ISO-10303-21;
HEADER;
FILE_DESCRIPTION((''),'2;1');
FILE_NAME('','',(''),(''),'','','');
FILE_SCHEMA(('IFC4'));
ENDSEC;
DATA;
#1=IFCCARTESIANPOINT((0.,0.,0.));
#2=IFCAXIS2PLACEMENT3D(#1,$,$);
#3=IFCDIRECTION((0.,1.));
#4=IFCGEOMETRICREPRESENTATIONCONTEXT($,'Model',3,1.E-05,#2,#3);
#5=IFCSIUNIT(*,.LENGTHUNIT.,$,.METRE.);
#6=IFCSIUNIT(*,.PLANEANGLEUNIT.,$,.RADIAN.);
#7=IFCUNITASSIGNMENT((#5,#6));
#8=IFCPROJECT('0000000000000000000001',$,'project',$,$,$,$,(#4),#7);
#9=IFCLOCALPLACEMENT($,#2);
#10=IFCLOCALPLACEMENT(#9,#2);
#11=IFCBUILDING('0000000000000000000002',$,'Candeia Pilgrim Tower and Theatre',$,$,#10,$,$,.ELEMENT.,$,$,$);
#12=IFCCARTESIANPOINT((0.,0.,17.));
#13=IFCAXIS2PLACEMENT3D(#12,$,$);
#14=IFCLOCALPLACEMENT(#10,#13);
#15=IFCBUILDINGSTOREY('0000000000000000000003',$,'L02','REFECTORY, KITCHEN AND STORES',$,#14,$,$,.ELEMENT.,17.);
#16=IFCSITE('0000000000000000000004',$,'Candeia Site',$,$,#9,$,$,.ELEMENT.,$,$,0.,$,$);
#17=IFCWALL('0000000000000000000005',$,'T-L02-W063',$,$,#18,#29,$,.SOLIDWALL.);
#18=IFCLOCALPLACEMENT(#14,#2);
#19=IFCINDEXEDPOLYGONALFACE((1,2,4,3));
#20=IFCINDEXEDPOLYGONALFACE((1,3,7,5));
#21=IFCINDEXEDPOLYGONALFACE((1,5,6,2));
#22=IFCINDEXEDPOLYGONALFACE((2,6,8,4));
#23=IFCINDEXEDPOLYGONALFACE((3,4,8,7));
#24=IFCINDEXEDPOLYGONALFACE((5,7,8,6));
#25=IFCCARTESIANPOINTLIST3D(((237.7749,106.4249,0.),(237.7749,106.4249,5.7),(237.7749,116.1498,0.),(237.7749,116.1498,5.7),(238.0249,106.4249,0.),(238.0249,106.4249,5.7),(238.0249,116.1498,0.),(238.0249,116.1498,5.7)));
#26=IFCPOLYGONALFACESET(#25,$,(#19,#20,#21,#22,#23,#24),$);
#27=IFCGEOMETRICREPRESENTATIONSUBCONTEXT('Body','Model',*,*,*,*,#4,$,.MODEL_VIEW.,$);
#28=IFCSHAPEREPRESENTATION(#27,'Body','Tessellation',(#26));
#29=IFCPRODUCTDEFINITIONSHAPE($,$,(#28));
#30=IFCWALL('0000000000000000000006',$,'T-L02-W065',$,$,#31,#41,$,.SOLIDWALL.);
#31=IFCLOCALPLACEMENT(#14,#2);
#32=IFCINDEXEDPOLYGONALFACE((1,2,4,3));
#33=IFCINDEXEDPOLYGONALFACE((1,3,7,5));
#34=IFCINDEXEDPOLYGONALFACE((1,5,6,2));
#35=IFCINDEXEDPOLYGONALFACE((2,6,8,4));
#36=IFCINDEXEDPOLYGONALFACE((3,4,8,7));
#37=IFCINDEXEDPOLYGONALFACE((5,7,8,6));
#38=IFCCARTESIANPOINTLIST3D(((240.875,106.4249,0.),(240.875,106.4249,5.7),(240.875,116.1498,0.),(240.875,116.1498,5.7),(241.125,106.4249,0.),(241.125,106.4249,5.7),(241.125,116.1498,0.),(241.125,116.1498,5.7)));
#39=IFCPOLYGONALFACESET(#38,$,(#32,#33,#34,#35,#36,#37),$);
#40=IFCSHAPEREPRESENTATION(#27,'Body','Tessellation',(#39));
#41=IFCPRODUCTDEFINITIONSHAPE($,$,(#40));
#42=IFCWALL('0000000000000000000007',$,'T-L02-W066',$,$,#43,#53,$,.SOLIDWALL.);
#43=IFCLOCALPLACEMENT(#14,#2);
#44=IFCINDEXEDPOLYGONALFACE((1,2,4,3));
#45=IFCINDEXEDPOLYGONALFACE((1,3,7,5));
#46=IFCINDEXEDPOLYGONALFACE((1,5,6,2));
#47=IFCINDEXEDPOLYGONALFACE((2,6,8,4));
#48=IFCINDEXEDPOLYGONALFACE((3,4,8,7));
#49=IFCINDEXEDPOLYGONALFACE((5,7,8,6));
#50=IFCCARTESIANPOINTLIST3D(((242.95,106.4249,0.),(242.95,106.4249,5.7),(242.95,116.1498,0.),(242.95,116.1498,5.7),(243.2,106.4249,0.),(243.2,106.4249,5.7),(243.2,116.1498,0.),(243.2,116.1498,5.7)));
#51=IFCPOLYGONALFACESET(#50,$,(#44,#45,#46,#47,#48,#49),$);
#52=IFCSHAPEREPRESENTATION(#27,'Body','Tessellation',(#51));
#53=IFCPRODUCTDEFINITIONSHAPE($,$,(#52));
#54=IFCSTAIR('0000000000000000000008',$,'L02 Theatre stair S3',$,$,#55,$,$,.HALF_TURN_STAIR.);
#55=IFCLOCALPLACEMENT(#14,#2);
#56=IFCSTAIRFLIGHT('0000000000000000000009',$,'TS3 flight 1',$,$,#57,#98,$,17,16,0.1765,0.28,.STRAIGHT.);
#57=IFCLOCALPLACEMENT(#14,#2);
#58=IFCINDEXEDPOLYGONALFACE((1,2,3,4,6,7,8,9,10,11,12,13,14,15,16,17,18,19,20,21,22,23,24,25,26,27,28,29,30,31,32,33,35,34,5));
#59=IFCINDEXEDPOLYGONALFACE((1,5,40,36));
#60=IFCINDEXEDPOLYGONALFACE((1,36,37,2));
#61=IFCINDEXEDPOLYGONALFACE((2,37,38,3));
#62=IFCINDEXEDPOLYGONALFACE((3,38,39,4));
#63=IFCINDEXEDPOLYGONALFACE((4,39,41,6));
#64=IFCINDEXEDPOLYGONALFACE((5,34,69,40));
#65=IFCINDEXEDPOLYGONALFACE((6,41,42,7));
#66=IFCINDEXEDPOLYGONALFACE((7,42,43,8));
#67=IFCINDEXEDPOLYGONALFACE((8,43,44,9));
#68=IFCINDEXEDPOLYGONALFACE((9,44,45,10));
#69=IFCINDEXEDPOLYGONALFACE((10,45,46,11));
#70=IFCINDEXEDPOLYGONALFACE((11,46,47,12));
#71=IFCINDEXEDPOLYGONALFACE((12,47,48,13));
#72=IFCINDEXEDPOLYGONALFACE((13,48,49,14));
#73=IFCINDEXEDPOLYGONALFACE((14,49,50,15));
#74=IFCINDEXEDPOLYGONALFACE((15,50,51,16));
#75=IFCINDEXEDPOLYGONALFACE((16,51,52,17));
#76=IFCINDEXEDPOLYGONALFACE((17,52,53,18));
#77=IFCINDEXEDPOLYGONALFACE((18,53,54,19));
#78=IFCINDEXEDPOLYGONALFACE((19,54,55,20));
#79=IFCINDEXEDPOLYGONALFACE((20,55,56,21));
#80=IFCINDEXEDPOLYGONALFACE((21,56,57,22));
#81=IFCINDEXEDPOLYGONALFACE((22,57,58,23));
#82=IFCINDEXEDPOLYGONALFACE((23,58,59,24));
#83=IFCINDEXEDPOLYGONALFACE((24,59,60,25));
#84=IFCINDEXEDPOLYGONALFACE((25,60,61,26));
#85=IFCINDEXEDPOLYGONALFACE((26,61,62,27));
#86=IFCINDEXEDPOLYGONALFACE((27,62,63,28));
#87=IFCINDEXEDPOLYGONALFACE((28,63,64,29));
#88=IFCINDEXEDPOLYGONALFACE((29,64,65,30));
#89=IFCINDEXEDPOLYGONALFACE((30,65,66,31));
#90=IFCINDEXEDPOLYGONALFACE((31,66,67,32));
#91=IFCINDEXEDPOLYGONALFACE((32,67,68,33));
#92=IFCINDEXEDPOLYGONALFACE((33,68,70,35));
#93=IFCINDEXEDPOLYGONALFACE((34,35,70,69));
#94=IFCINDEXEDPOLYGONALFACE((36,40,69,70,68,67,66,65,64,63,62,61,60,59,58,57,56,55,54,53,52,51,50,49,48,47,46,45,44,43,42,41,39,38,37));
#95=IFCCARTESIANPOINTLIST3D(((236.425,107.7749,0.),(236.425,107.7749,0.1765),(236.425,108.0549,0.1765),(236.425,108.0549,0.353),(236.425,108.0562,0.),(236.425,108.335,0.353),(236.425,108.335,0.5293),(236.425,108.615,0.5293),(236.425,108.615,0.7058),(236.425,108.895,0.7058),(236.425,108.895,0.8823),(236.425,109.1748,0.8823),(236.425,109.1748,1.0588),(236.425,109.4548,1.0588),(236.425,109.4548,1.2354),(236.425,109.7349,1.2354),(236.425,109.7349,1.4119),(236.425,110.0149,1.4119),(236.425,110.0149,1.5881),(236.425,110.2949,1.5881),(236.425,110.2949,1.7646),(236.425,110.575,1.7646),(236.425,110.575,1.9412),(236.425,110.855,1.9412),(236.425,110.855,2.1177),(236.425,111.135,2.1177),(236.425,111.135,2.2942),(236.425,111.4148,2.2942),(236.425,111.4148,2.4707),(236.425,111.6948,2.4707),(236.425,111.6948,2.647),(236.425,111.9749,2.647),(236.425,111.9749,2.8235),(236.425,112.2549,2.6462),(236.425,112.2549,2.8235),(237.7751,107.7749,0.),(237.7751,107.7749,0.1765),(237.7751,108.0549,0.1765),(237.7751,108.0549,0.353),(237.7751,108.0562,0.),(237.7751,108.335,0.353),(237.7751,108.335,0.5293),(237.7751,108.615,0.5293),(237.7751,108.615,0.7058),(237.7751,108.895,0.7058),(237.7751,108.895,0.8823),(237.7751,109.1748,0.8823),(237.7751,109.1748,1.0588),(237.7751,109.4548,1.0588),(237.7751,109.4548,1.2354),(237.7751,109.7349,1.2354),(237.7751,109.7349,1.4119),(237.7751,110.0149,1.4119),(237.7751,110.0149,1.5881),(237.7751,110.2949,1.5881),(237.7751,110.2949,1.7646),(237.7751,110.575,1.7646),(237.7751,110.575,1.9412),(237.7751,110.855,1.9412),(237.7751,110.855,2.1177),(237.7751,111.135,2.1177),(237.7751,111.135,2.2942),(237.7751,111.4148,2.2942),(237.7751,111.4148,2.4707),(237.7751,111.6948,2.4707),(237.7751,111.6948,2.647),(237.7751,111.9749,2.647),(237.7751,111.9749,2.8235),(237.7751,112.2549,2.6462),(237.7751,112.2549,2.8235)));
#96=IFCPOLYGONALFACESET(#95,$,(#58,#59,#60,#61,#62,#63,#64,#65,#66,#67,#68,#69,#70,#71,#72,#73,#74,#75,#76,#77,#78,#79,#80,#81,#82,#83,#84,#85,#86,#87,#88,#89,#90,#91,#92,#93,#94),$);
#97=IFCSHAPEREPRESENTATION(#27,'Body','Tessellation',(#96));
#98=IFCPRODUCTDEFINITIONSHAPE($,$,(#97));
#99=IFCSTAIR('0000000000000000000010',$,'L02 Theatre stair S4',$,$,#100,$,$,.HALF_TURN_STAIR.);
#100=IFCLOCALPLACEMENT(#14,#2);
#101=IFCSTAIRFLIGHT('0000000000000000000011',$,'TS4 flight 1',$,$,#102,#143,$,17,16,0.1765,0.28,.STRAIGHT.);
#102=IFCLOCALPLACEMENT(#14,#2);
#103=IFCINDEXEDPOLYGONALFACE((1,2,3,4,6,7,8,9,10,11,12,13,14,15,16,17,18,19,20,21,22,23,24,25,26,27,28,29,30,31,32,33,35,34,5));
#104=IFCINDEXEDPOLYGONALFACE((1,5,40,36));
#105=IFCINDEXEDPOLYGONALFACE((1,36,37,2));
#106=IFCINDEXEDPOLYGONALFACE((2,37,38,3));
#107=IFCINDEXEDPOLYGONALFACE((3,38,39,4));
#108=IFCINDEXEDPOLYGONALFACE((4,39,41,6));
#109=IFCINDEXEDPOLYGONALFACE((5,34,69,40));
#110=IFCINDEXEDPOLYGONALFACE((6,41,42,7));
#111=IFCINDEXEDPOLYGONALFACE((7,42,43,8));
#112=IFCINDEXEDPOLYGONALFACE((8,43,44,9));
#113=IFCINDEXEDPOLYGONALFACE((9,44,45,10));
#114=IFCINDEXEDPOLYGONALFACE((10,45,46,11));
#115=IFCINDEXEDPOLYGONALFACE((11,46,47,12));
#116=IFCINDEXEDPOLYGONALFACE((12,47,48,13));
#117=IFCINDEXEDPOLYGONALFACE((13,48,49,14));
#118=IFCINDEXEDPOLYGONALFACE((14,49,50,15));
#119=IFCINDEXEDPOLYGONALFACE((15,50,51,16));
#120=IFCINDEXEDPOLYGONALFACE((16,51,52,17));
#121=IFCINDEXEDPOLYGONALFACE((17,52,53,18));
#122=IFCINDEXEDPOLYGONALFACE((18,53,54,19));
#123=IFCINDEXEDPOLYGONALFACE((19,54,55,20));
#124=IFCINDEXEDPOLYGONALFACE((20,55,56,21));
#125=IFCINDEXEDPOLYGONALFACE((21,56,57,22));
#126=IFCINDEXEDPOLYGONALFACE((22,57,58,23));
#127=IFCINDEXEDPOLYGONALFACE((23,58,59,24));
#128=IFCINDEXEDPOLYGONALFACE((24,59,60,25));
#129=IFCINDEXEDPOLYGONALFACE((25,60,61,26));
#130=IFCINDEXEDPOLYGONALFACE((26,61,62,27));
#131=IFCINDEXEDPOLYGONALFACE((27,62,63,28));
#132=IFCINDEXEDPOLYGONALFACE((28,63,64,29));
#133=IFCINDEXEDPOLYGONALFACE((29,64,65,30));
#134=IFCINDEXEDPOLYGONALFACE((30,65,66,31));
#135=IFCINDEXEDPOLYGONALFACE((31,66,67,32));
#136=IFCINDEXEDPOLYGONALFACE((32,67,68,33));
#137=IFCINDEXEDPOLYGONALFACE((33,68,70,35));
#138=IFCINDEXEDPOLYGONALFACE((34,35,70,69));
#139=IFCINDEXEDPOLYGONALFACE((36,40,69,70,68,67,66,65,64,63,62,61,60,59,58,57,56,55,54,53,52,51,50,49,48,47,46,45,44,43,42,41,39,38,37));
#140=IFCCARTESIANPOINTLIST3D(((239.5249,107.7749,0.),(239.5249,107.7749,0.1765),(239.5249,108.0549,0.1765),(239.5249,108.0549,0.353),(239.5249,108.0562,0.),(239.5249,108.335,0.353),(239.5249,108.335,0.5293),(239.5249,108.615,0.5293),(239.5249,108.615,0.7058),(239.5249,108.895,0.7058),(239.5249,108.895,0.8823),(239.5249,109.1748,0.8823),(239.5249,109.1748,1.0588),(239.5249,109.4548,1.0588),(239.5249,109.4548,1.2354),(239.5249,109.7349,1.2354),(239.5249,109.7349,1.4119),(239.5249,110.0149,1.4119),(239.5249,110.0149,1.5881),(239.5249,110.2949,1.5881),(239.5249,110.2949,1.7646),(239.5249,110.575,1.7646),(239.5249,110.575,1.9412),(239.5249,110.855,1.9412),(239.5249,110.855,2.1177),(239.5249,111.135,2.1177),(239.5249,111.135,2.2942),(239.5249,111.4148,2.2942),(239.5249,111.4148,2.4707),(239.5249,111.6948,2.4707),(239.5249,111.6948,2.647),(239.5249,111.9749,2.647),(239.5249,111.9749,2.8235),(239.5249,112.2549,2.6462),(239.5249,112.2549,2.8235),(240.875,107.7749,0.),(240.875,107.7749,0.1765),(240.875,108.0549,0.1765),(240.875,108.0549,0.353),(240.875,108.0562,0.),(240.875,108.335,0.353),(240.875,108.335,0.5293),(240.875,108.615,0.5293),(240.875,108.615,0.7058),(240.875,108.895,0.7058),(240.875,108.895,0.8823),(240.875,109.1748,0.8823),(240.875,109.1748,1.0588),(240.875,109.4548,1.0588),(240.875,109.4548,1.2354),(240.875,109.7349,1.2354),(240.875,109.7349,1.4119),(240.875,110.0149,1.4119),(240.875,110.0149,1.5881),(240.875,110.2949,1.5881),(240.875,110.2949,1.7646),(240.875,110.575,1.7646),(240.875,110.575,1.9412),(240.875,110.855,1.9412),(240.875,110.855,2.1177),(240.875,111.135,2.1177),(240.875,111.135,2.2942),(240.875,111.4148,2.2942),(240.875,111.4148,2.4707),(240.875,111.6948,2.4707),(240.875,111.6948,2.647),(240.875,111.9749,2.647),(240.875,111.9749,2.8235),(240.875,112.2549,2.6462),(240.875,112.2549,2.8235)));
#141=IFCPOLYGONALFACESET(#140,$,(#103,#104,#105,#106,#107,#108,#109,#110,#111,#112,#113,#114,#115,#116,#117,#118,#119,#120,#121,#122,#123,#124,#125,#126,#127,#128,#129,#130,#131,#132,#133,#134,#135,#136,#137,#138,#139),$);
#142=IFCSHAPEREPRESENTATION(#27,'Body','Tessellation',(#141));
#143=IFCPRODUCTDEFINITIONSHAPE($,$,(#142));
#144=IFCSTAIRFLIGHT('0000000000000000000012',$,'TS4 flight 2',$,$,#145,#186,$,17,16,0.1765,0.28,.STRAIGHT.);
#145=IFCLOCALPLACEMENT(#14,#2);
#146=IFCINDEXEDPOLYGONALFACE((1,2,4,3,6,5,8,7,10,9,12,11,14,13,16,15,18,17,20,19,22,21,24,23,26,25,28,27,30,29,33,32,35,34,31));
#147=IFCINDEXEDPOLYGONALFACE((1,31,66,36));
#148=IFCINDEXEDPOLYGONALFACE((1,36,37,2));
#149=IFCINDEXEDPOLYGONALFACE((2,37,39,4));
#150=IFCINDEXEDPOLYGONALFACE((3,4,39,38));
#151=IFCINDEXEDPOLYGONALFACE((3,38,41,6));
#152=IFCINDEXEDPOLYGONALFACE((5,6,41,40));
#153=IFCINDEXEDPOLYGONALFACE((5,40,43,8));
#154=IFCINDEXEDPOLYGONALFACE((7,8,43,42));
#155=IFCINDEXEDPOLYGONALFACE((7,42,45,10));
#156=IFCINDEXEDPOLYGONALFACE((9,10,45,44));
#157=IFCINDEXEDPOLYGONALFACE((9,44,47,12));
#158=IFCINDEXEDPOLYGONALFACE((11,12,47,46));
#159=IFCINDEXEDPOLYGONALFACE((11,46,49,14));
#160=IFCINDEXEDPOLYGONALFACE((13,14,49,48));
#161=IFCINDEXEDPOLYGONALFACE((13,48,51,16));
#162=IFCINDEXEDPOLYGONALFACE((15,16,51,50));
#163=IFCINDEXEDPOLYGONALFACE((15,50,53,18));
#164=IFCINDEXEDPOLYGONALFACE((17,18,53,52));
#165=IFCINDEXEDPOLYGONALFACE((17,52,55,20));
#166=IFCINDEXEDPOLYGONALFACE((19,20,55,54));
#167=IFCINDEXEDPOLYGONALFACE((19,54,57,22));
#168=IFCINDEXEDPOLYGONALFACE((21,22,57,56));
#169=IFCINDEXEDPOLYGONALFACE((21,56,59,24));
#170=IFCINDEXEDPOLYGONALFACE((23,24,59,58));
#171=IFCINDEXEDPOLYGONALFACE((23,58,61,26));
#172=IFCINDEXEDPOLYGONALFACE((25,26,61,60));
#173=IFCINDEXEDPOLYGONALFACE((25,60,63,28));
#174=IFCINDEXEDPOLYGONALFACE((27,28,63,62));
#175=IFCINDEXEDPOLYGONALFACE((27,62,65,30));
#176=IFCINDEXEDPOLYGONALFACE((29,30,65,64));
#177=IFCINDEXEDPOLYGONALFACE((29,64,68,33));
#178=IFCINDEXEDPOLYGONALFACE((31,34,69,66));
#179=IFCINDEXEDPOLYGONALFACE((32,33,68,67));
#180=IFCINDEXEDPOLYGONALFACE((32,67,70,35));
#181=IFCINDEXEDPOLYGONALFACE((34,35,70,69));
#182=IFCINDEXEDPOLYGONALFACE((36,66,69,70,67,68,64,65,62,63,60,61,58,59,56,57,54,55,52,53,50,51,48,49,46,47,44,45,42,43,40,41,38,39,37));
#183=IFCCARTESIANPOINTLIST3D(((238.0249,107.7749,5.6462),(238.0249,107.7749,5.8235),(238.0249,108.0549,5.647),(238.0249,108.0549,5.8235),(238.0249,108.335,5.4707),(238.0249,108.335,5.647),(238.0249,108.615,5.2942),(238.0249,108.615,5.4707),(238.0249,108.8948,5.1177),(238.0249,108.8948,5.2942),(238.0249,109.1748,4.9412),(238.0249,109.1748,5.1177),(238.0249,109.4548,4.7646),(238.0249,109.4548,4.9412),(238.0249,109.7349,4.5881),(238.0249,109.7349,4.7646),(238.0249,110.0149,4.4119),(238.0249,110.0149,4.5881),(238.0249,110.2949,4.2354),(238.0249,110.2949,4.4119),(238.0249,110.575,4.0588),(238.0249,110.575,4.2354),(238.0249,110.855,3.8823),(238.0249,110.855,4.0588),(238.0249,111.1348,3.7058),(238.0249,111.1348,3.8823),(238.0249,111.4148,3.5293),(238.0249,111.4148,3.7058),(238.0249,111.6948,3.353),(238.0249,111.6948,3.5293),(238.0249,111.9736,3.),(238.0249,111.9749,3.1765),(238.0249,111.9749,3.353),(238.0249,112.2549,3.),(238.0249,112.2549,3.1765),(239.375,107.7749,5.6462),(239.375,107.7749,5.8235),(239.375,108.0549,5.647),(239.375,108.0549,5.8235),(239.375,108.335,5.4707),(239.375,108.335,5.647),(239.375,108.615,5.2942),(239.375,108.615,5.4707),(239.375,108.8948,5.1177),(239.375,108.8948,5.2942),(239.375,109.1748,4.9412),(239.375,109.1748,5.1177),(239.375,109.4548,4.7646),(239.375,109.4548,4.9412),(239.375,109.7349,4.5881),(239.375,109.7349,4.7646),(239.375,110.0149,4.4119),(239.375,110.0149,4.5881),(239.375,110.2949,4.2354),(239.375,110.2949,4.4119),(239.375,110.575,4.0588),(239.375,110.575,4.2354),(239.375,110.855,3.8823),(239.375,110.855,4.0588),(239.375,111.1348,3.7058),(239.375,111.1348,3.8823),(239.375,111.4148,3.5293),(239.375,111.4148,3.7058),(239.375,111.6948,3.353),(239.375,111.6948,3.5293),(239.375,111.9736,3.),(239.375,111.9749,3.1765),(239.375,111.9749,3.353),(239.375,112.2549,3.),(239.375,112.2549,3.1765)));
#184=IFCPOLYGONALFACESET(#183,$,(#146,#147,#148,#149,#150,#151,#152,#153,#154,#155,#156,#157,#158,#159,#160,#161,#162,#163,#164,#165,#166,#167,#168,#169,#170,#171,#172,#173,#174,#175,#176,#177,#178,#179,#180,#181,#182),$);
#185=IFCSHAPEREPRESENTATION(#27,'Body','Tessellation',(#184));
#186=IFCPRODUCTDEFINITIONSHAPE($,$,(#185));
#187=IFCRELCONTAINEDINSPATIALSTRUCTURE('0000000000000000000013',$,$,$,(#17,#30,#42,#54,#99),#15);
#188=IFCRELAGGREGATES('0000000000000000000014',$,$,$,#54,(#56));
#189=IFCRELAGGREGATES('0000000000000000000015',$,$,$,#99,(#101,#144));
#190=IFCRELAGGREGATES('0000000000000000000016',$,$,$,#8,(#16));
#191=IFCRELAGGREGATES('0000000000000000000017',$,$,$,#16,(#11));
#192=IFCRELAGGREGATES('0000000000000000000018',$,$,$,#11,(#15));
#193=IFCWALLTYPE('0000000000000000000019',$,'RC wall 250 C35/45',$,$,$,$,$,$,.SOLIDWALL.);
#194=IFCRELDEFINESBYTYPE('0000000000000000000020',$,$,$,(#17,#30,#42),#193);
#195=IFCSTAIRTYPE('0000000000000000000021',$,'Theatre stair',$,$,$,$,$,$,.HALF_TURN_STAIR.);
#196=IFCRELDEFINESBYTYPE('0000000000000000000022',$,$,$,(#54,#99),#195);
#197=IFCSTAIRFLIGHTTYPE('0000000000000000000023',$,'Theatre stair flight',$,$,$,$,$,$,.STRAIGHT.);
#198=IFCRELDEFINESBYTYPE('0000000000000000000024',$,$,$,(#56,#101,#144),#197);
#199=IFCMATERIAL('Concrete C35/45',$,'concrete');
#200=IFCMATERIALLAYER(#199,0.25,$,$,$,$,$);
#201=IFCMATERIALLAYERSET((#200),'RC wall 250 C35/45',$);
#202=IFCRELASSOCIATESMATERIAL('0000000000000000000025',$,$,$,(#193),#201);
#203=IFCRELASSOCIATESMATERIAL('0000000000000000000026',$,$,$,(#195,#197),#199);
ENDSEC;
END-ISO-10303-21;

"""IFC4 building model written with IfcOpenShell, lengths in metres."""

from ifc_helpers import new_model, si_unit, direction, frame, frame_2d, origin, place, context, subcontext, project, spatial, polyline, rectangle, outline, extrude, material, layer, layer_set, type_object, element, aggregate, save


model = new_model("IFC4")

# Units and contexts
model_context = context("Model", 3, precision=1e-05, world=origin(), true_north=direction((0.0, 1.0)))
body_context = subcontext(model_context, "Body", "Model", "MODEL_VIEW")
ifc_project = project(units=[si_unit("LENGTHUNIT", "METRE"), si_unit("PLANEANGLEUNIT", "RADIAN")], contexts=[model_context])

# Site, building, storey
site_placement = place(None, origin())
site = spatial("IfcSite", under=ifc_project, at=site_placement, Name="Candeia Site", CompositionType="ELEMENT", RefElevation=0.0)
building_placement = place(site_placement, origin())
building = spatial("IfcBuilding", under=site, at=building_placement, Name="Candeia Pilgrim Tower and Theatre", CompositionType="ELEMENT")
storey_placement = place(building_placement, frame((0.0, 0.0, 17.0)))
storey = spatial("IfcBuildingStorey", under=building, at=storey_placement, Name="L02", Description="REFECTORY, KITCHEN AND STORES", CompositionType="ELEMENT", Elevation=17.0)

# Walls
ifc_material_1 = material(Name="Concrete C35/45", Category="concrete")
ifc_layer = layer(ifc_material_1, 0.25)
ifc_layer_set = layer_set([ifc_layer], Name="RC wall 250 C35/45")
wall_type = type_object("IfcWallType", Name="RC wall 250 C35/45", PredefinedType="SOLIDWALL", material=ifc_layer_set)
for number, where, z_axis, x_axis, name in (
    (1, (237.8999, 106.425, 0.0), (0.0, 0.0, 1.0), (0.0, 1.0, 0.0), "T-L02-W063"),
    (2, (241.0, 106.425, 0.0), (0.0, 0.0, 1.0), (0.0, 1.0, 0.0), "T-L02-W065"),
    (3, (243.075, 106.425, 0.0), (0.0, 0.0, 1.0), (0.0, 1.0, 0.0), "T-L02-W066"),
):
    element("IfcWall", number, at=place(storey_placement, frame(where, z_axis=z_axis, x_axis=x_axis)), inside=storey, type_object=wall_type, Name=name, PredefinedType="SOLIDWALL", context=body_context, shape_type="SweptSolid", body=[
        extrude(rectangle(XDim=9.7249, YDim=0.25, at=frame_2d((4.8623, 0.0))), origin(), (0.0, 0.0, 1.0), 5.7),
    ])

# Stair, stair flight
stair_type = type_object("IfcStairType", Name="Theatre stair", PredefinedType="HALF_TURN_STAIR", material=ifc_material_1)
stair_1_placement = place(storey_placement, origin())
stair_1 = element("IfcStair", 4, at=stair_1_placement, inside=storey, type_object=stair_type, Name="L02 Theatre stair S3", PredefinedType="HALF_TURN_STAIR")
stair_flight_type = type_object("IfcStairFlightType", Name="Theatre stair flight", PredefinedType="STRAIGHT", material=ifc_material_1)
stair_flight_1_placement = place(storey_placement, frame((237.1001, 107.7749, 0.0), z_axis=(0.0, 0.0, 1.0), x_axis=(0.0, 1.0, 0.0)))
stair_flight_1 = element("IfcStairFlight", 5, at=stair_flight_1_placement, type_object=stair_flight_type, Name="TS3 flight 1", NumberOfRisers=17, NumberOfTreads=16, PredefinedType="STRAIGHT", RiserHeight=0.1765, TreadLength=0.28, context=body_context, shape_type="SweptSolid", body=[
    extrude(outline(polyline([(0.0, 0.0), (0.0, 0.1765), (0.28, 0.1765), (0.28, 0.353), (0.5601, 0.353), (0.5601, 0.5293), (0.8401, 0.5293), (0.8401, 0.7058), (1.1201, 0.7058), (1.1201, 0.8823), (1.3999, 0.8823), (1.3999, 1.0588), (1.6799, 1.0588), (1.6799, 1.2354), (1.96, 1.2354), (1.96, 1.4119), (2.24, 1.4119), (2.24, 1.5881), (2.52, 1.5881), (2.52, 1.7646), (2.8, 1.7646), (2.8, 1.9412), (3.0801, 1.9412), (3.0801, 2.1177), (3.3601, 2.1177), (3.3601, 2.2942), (3.6399, 2.2942), (3.6399, 2.4707), (3.9199, 2.4707), (3.9199, 2.647), (4.2, 2.647), (4.2, 2.8235), (4.48, 2.8235), (4.48, 3.0), (4.48, 2.6462), (0.2812, 0.0), (0.0, 0.0)])), frame((0.0, 0.675, 0.0), z_axis=(0.0, -1.0, 0.0), x_axis=(1.0, 0.0, 0.0)), (0.0, 0.0, 1.0), 1.3501),
])
aggregate(stair_1, [stair_flight_1])

# Stair, stair flights
stair_2_placement = place(storey_placement, origin())
stair_2 = element("IfcStair", 6, at=stair_2_placement, inside=storey, type_object=stair_type, Name="L02 Theatre stair S4", PredefinedType="HALF_TURN_STAIR")
stair_flight_2_placement = place(storey_placement, frame((240.2, 107.7749, 0.0), z_axis=(0.0, 0.0, 1.0), x_axis=(0.0, 1.0, 0.0)))
stair_flight_2 = element("IfcStairFlight", 7, at=stair_flight_2_placement, type_object=stair_flight_type, Name="TS4 flight 1", NumberOfRisers=17, NumberOfTreads=16, PredefinedType="STRAIGHT", RiserHeight=0.1765, TreadLength=0.28, context=body_context, shape_type="SweptSolid", body=[
    extrude(outline(polyline([(0.0, 0.0), (0.0, 0.1765), (0.28, 0.1765), (0.28, 0.353), (0.5601, 0.353), (0.5601, 0.5293), (0.8401, 0.5293), (0.8401, 0.7058), (1.1201, 0.7058), (1.1201, 0.8823), (1.3999, 0.8823), (1.3999, 1.0588), (1.6799, 1.0588), (1.6799, 1.2354), (1.96, 1.2354), (1.96, 1.4119), (2.24, 1.4119), (2.24, 1.5881), (2.52, 1.5881), (2.52, 1.7646), (2.8, 1.7646), (2.8, 1.9412), (3.0801, 1.9412), (3.0801, 2.1177), (3.3601, 2.1177), (3.3601, 2.2942), (3.6399, 2.2942), (3.6399, 2.4707), (3.9199, 2.4707), (3.9199, 2.647), (4.2, 2.647), (4.2, 2.8235), (4.48, 2.8235), (4.48, 3.0), (4.48, 2.6462), (0.2812, 0.0), (0.0, 0.0)])), frame((0.0, 0.675, 0.0), z_axis=(0.0, -1.0, 0.0), x_axis=(1.0, 0.0, 0.0)), (0.0, 0.0, 1.0), 1.3501),
])
stair_flight_3_placement = place(storey_placement, frame((238.7, 112.2549, 3.0), z_axis=(0.0, 0.0, 1.0), x_axis=(0.0, -1.0, 0.0)))
stair_flight_3 = element("IfcStairFlight", 8, at=stair_flight_3_placement, type_object=stair_flight_type, Name="TS4 flight 2", NumberOfRisers=17, NumberOfTreads=16, PredefinedType="STRAIGHT", RiserHeight=0.1765, TreadLength=0.28, context=body_context, shape_type="SweptSolid", body=[
    extrude(outline(polyline([(0.0, 0.0), (0.0, 0.1765), (0.28, 0.1765), (0.28, 0.353), (0.5601, 0.353), (0.5601, 0.5293), (0.8401, 0.5293), (0.8401, 0.7058), (1.1201, 0.7058), (1.1201, 0.8823), (1.3999, 0.8823), (1.3999, 1.0588), (1.6799, 1.0588), (1.6799, 1.2354), (1.96, 1.2354), (1.96, 1.4119), (2.24, 1.4119), (2.24, 1.5881), (2.52, 1.5881), (2.52, 1.7646), (2.8, 1.7646), (2.8, 1.9412), (3.0801, 1.9412), (3.0801, 2.1177), (3.3601, 2.1177), (3.3601, 2.2942), (3.6399, 2.2942), (3.6399, 2.4707), (3.9199, 2.4707), (3.9199, 2.647), (4.2, 2.647), (4.2, 2.8235), (4.48, 2.8235), (4.48, 3.0), (4.48, 2.6462), (0.2812, 0.0), (0.0, 0.0)])), frame((0.0, 0.675, 0.0), z_axis=(0.0, -1.0, 0.0), x_axis=(1.0, 0.0, 0.0)), (0.0, 0.0, 1.0), 1.3501),
])
aggregate(stair_2, [stair_flight_2, stair_flight_3])

save(model, "model.ifc")
